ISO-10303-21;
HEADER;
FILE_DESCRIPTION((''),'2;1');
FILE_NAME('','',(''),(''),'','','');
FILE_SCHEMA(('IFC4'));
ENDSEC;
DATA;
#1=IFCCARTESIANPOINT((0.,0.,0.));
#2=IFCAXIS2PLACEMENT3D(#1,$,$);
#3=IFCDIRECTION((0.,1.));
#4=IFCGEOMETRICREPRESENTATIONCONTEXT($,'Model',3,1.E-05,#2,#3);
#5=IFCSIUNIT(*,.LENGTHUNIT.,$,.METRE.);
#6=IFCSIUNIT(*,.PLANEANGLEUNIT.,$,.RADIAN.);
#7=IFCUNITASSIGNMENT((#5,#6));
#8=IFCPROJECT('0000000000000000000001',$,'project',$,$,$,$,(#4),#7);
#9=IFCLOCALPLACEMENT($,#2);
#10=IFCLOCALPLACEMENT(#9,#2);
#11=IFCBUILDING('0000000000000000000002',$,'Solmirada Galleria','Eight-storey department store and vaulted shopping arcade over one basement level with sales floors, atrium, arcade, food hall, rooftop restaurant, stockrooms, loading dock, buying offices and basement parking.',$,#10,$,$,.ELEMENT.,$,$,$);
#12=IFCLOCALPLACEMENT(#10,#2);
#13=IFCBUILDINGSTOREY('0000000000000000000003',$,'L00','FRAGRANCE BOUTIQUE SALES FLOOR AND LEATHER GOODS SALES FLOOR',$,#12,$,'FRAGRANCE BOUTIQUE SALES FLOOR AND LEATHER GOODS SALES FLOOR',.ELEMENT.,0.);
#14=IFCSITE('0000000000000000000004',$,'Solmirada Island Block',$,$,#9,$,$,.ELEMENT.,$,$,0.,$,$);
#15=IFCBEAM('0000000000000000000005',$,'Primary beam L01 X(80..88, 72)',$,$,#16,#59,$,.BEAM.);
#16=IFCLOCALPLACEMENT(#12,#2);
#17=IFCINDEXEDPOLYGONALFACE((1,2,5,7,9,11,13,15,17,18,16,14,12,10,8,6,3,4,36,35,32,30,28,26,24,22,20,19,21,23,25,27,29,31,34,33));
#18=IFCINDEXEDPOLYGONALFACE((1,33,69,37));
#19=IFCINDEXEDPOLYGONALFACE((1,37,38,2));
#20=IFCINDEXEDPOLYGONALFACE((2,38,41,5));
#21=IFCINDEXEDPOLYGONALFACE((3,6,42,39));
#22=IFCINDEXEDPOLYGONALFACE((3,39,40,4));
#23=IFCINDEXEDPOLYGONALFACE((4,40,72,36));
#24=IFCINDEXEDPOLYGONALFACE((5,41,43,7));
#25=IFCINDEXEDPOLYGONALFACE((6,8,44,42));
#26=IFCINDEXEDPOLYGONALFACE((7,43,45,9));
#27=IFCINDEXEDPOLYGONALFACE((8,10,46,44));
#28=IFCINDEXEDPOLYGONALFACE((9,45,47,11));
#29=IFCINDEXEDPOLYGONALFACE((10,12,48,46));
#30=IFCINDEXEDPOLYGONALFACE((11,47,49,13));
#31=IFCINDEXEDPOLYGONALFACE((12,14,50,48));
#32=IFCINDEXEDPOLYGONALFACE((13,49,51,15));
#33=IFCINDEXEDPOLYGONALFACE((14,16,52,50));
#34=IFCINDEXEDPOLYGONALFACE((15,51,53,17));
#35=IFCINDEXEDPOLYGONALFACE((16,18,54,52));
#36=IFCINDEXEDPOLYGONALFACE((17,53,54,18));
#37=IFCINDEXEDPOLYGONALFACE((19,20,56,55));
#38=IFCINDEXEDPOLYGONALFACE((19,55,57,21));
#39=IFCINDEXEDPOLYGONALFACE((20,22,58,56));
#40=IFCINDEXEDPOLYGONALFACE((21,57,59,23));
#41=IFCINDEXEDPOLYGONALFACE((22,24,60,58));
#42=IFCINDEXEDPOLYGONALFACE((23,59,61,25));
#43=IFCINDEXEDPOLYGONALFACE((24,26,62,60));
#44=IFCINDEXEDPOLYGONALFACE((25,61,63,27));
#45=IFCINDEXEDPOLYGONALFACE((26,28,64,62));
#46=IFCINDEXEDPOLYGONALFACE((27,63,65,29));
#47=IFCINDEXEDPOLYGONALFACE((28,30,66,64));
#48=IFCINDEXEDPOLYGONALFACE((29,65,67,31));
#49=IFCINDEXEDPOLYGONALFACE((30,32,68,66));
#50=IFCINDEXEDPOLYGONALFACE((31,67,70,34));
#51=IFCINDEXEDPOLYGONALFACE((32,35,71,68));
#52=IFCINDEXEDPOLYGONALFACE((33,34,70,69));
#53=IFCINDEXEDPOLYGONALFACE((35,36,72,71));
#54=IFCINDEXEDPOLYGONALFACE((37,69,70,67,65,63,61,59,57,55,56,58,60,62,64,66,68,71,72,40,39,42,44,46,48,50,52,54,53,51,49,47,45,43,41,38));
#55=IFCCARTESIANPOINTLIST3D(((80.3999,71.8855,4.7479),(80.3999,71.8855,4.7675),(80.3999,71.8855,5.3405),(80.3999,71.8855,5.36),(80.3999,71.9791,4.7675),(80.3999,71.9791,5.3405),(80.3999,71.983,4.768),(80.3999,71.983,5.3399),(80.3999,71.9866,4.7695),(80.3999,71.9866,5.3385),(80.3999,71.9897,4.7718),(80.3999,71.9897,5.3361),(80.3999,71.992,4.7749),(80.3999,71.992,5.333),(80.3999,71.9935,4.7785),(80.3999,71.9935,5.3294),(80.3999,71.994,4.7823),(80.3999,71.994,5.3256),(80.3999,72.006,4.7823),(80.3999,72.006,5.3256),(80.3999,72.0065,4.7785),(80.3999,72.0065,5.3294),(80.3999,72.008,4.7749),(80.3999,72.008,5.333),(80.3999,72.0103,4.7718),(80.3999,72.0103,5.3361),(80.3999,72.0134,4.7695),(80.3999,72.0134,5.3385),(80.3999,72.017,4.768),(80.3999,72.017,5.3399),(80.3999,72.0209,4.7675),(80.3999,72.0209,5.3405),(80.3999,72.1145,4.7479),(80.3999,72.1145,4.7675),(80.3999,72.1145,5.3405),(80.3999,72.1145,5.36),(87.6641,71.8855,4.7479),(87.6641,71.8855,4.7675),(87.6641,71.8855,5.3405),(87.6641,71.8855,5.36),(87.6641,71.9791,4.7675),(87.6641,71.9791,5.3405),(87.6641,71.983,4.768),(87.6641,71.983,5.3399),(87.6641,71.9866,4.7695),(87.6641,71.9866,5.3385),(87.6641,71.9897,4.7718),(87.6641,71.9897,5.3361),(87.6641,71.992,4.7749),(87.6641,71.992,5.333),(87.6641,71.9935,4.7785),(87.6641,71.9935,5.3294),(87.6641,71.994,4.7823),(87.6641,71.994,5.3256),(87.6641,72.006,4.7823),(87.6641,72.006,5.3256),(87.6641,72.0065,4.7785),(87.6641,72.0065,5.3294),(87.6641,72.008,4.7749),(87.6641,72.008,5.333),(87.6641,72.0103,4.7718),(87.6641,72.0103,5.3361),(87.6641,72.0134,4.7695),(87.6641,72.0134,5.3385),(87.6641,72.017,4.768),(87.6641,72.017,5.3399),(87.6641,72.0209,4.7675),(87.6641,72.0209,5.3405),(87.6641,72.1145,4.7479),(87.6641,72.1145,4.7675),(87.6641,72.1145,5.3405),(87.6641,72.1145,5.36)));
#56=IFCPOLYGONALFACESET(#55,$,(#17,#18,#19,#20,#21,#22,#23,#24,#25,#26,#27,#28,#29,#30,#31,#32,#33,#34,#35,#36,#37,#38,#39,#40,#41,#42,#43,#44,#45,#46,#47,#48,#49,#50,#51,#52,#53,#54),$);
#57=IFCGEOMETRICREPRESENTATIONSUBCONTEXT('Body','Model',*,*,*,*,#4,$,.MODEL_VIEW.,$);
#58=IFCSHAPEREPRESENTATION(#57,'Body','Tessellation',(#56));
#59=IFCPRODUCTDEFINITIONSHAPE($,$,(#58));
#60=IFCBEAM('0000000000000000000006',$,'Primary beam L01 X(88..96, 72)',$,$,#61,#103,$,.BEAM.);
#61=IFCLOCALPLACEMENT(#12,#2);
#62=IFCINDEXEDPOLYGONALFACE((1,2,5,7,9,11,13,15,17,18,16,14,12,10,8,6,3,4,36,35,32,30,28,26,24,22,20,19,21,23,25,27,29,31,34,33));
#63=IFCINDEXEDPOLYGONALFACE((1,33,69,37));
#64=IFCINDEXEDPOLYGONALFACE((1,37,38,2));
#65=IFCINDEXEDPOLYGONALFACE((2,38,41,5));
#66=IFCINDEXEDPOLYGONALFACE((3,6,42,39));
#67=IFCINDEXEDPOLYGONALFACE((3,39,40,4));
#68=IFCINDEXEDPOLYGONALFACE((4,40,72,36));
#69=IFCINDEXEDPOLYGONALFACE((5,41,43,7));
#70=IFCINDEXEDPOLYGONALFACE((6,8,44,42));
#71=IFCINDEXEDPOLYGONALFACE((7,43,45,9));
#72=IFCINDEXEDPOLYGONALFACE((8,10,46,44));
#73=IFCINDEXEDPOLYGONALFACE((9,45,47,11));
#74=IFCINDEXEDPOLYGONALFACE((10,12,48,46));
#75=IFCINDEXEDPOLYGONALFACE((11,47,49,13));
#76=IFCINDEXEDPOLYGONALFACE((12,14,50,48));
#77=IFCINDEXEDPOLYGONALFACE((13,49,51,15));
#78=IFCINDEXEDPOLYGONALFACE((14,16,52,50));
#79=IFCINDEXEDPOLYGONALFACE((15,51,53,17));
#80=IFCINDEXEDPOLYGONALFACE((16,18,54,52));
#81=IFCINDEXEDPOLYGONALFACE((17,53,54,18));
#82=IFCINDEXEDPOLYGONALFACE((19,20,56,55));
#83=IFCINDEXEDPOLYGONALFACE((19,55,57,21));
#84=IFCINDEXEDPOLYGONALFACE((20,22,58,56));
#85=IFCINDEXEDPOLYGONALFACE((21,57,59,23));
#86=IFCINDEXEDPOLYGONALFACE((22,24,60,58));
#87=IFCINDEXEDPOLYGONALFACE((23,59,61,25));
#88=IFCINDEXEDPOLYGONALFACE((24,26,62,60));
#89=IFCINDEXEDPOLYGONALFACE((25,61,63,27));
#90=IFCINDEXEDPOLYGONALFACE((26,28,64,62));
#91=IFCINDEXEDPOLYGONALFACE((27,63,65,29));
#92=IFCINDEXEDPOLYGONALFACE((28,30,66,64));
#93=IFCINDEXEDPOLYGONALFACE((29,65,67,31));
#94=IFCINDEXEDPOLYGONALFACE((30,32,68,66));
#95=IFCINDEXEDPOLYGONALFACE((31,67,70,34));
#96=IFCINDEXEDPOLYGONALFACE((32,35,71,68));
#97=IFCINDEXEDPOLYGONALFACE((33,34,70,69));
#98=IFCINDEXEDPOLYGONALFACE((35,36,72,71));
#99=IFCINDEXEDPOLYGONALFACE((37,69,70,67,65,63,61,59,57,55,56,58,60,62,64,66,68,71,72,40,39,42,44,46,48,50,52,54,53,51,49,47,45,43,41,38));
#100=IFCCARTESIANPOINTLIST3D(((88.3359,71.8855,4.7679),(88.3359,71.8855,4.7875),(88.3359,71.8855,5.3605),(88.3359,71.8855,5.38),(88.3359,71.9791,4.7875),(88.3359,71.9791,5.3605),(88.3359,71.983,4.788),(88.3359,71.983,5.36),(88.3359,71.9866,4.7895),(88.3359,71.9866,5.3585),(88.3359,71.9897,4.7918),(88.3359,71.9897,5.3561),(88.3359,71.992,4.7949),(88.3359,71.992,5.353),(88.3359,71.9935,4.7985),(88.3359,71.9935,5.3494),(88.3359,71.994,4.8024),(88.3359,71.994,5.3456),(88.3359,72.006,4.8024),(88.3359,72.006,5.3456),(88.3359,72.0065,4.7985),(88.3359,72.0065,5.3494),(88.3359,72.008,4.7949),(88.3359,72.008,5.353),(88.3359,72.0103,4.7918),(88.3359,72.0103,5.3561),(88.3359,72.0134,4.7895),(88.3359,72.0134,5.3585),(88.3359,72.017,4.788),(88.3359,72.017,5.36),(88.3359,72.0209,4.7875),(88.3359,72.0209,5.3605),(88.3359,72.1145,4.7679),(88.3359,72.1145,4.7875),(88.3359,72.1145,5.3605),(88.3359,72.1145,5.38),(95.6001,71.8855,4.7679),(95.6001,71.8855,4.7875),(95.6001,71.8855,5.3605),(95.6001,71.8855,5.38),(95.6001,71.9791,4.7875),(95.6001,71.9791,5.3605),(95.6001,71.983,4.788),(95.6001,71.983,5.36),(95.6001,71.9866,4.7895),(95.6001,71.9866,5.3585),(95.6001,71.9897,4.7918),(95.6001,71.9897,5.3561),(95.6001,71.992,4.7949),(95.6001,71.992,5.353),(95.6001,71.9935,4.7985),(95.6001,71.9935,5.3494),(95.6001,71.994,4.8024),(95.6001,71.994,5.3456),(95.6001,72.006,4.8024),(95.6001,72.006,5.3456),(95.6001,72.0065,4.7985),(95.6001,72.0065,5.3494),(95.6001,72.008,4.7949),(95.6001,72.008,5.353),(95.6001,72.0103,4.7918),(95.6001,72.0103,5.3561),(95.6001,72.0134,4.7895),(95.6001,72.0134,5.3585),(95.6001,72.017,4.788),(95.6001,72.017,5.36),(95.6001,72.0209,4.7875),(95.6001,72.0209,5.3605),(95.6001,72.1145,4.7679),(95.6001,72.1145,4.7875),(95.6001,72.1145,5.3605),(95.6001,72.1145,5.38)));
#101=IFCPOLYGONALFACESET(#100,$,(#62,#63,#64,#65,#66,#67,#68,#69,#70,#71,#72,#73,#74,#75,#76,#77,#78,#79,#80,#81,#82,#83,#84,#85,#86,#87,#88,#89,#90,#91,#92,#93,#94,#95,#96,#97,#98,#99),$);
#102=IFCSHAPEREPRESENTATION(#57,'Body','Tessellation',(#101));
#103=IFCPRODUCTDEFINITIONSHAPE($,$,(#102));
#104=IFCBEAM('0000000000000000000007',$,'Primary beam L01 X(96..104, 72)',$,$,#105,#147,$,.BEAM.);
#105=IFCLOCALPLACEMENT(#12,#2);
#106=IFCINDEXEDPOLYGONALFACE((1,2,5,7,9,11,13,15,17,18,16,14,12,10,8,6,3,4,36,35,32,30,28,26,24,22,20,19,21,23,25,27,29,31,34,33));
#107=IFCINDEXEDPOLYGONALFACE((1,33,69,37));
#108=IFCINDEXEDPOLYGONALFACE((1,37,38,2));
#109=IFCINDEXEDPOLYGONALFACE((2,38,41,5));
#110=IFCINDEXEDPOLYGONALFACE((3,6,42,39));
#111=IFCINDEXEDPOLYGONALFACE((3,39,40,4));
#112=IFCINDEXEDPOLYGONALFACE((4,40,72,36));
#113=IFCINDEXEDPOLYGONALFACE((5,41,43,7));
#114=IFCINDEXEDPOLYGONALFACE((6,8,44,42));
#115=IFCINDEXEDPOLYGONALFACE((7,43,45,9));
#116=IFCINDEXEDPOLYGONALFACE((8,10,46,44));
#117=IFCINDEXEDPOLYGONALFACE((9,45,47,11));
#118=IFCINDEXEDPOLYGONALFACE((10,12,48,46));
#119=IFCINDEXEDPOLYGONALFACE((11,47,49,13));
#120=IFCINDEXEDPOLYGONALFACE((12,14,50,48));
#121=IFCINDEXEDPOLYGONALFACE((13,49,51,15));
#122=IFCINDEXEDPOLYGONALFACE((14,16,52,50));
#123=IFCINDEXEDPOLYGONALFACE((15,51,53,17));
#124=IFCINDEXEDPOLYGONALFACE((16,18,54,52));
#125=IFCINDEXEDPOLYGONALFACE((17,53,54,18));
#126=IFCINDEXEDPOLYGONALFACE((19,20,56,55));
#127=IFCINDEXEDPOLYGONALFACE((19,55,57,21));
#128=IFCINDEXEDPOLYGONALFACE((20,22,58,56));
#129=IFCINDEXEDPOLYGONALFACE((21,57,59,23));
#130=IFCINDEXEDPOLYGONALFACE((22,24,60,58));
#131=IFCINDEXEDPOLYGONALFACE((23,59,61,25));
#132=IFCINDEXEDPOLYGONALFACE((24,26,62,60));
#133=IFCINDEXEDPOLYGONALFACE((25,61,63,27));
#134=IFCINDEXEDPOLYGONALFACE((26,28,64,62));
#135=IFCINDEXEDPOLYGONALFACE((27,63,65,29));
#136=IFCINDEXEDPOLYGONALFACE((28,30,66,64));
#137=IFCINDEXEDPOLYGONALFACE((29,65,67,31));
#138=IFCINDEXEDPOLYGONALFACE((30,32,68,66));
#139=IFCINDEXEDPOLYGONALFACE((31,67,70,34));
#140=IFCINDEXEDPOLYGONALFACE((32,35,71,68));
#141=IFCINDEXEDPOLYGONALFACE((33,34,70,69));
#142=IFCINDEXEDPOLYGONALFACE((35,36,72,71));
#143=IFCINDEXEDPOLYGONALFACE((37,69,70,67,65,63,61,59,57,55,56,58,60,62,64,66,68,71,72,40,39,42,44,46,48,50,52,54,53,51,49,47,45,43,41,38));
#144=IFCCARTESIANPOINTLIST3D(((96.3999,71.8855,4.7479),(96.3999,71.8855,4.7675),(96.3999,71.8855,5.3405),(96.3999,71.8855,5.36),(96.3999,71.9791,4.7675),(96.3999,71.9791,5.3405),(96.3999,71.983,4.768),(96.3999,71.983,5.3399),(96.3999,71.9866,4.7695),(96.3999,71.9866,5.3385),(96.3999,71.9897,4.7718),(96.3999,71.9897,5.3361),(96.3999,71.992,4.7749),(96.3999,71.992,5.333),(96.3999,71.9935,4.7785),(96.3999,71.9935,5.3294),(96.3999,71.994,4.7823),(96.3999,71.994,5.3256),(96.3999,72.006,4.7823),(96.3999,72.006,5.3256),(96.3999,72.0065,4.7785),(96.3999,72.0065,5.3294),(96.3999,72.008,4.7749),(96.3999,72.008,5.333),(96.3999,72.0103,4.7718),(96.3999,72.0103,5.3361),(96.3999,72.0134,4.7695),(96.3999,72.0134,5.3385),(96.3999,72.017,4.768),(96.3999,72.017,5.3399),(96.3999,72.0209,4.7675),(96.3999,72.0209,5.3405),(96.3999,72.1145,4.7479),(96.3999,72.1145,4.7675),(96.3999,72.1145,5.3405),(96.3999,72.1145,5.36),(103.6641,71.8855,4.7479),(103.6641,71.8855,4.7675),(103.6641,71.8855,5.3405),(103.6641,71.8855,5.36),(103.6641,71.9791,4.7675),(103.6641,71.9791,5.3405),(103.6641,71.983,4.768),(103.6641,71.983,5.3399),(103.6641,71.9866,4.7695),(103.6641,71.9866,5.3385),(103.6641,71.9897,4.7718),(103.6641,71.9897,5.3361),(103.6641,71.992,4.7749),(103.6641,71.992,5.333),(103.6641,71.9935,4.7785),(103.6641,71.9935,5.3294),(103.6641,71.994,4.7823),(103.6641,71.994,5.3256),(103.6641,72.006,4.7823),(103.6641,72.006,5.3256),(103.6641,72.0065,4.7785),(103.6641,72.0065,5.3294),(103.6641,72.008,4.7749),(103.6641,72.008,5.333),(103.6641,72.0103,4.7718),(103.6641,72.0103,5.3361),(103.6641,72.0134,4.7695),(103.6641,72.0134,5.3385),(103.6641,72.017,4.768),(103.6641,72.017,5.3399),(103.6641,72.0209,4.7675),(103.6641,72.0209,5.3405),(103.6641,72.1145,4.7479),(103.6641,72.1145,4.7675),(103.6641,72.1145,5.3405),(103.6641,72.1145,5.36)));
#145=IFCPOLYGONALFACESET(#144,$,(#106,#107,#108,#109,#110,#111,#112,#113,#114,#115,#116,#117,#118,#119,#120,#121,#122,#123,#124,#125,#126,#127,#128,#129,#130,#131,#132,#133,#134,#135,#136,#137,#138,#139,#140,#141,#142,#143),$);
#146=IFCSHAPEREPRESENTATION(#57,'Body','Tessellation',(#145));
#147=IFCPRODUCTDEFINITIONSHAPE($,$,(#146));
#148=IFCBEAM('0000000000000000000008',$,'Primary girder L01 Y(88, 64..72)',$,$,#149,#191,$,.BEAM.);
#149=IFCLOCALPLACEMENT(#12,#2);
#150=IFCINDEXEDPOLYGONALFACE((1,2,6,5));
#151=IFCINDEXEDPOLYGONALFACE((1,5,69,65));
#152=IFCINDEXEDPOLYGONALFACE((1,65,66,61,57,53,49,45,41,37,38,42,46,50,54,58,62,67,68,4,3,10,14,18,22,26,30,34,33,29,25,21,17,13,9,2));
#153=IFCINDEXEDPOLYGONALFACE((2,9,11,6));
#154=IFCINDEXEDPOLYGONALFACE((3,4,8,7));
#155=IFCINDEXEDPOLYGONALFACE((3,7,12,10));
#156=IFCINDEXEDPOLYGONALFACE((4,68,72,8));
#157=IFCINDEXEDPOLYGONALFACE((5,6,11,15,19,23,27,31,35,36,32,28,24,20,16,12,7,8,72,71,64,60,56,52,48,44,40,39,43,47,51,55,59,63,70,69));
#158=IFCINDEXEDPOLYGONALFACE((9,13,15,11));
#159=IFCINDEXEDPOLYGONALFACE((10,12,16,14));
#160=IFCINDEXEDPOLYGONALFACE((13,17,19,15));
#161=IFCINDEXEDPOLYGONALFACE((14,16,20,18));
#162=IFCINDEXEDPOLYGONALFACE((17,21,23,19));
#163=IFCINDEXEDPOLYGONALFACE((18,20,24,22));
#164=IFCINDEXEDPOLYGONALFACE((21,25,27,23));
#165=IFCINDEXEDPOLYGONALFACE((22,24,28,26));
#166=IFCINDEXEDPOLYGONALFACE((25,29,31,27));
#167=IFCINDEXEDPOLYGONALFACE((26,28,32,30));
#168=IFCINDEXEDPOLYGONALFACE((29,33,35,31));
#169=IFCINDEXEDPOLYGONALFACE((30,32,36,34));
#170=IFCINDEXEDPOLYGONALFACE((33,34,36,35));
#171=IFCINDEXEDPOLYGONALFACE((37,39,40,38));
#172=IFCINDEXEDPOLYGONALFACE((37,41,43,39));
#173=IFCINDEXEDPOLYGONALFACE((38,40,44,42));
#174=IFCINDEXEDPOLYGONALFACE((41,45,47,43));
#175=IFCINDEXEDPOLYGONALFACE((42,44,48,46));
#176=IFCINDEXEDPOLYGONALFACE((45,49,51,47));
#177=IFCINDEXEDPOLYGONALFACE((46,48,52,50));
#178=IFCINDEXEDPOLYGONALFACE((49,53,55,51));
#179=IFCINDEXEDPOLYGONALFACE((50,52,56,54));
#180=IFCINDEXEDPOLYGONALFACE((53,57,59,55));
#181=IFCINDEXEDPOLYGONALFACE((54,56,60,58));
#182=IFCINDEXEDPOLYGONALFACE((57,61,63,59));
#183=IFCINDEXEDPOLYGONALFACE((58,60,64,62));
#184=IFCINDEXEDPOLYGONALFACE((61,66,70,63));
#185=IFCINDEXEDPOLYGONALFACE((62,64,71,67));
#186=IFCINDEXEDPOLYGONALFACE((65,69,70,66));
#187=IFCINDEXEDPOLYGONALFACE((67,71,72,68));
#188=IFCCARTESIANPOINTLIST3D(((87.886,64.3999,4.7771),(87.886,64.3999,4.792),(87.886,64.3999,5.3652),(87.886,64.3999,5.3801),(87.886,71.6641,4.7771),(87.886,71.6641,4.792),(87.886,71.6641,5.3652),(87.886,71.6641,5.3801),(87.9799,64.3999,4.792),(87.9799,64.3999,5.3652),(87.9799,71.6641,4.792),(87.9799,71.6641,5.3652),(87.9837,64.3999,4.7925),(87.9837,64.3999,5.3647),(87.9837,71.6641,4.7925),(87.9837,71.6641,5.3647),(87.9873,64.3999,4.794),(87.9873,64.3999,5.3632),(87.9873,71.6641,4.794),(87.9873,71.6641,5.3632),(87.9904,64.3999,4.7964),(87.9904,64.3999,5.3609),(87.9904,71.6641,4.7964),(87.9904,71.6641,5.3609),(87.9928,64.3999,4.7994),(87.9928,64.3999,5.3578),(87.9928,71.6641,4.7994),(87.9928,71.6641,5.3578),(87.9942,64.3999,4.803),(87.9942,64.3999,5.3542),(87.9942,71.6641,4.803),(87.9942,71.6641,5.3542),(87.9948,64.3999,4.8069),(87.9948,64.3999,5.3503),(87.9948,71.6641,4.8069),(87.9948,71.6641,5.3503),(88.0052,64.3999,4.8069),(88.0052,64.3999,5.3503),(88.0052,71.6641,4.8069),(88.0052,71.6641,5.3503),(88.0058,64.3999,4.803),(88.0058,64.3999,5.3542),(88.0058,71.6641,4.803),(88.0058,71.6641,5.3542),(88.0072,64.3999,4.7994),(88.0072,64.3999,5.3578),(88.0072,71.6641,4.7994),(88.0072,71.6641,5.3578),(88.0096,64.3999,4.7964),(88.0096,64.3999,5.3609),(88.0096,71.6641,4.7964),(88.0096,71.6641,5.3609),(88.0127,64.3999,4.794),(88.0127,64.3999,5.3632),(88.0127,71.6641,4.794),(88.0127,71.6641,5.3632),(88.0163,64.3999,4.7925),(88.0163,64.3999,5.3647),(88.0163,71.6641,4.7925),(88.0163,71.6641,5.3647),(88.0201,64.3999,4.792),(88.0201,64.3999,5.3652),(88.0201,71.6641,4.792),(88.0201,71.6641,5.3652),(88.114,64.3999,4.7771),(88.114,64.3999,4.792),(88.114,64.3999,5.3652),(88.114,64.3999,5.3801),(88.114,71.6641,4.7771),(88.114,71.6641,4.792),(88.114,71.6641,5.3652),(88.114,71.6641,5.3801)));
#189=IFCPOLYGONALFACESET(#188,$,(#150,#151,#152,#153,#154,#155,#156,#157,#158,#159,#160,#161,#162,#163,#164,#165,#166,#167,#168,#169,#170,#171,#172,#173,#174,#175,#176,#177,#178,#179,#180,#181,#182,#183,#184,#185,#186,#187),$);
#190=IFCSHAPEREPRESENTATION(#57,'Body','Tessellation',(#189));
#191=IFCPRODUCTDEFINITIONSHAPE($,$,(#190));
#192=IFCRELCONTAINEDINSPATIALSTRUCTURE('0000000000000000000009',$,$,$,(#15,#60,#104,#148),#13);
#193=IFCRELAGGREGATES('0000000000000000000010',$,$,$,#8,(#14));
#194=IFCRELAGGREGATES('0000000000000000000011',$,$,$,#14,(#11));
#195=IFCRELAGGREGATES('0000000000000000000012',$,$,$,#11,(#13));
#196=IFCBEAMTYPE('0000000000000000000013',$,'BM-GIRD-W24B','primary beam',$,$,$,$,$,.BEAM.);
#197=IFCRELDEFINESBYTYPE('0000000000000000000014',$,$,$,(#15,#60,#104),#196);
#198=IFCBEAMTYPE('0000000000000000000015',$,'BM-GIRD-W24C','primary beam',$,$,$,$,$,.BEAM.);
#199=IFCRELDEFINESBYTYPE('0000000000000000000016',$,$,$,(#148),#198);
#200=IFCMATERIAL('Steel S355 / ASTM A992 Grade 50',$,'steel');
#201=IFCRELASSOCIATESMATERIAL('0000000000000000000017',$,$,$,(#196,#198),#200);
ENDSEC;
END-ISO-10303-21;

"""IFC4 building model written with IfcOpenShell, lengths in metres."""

from ifc_helpers import new_model, si_unit, direction, frame, origin, origin_2d, place, context, subcontext, project, spatial, i_section, extrude, material, material_profile, profile_set, type_object, element, save


model = new_model("IFC4")

# Units and contexts
model_context = context("Model", 3, precision=1e-05, world=origin(), true_north=direction((0.0, 1.0)))
body_context = subcontext(model_context, "Body", "Model", "MODEL_VIEW")
ifc_project = project(units=[si_unit("LENGTHUNIT", "METRE"), si_unit("PLANEANGLEUNIT", "RADIAN")], contexts=[model_context])

# Site, building, storey
site_placement = place(None, origin())
site = spatial("IfcSite", under=ifc_project, at=site_placement, Name="Solmirada Island Block", CompositionType="ELEMENT", RefElevation=0.0)
building_placement = place(site_placement, origin())
building = spatial("IfcBuilding", under=site, at=building_placement, Name="Solmirada Galleria", Description="Eight-storey department store and vaulted shopping arcade over one basement level with sales floors, atrium, arcade, food hall, rooftop restaurant, stockrooms, loading dock, buying offices and basement parking.", CompositionType="ELEMENT")
storey_placement = place(building_placement, origin())
storey = spatial("IfcBuildingStorey", under=building, at=storey_placement, Name="L00", Description="FRAGRANCE BOUTIQUE SALES FLOOR AND LEATHER GOODS SALES FLOOR", LongName="FRAGRANCE BOUTIQUE SALES FLOOR AND LEATHER GOODS SALES FLOOR", CompositionType="ELEMENT", Elevation=0.0)

# Beams
ifc_material_1 = material(Name="Steel S355 / ASTM A992 Grade 50", Category="steel")
ifc_material_profile_1 = material_profile(ifc_material_1, i_section(OverallWidth=0.229, OverallDepth=0.6121, WebThickness=0.012, FlangeThickness=0.0195, FilletRadius=0.0149, at=origin_2d()), Name="W24X84")
ifc_profile_set_1 = profile_set([ifc_material_profile_1], Name="Steel S355 / ASTM A992 Grade 50")
beam_type_1 = type_object("IfcBeamType", Name="BM-GIRD-W24B", Description="primary beam", PredefinedType="BEAM", material=ifc_profile_set_1)
for number, where, z_axis, x_axis, name in (
    (1, (80.3999, 72.0, 5.054), (1.0, 0.0, 0.0), (0.0, 1.0, 0.0), "Primary beam L01 X(80..88, 72)"),
    (2, (88.3359, 72.0, 5.074), (1.0, 0.0, 0.0), (0.0, 1.0, 0.0), "Primary beam L01 X(88..96, 72)"),
    (3, (96.3999, 72.0, 5.054), (1.0, 0.0, 0.0), (0.0, 1.0, 0.0), "Primary beam L01 X(96..104, 72)"),
):
    element("IfcBeam", number, at=place(storey_placement, frame(where, z_axis=z_axis, x_axis=x_axis)), inside=storey, type_object=beam_type_1, Name=name, PredefinedType="BEAM", context=body_context, shape_type="SweptSolid", body=[
        extrude(i_section(OverallWidth=0.229, OverallDepth=0.6121, WebThickness=0.012, FlangeThickness=0.0195, FilletRadius=0.0149, at=origin_2d()), origin(), (0.0, 0.0, 1.0), 7.2642),
    ])
ifc_material_profile_2 = material_profile(ifc_material_1, i_section(OverallWidth=0.228, OverallDepth=0.603, WebThickness=0.0105, FlangeThickness=0.0149, FilletRadius=0.0149, at=origin_2d()), Name="W24X68")
ifc_profile_set_2 = profile_set([ifc_material_profile_2], Name="Steel S355 / ASTM A992 Grade 50")
beam_type_2 = type_object("IfcBeamType", Name="BM-GIRD-W24C", Description="primary beam", PredefinedType="BEAM", material=ifc_profile_set_2)
beam_1_placement = place(storey_placement, frame((88.0, 64.3999, 5.0786), z_axis=(0.0, 1.0, 0.0), x_axis=(-1.0, 0.0, 0.0)))
element("IfcBeam", 4, at=beam_1_placement, inside=storey, type_object=beam_type_2, Name="Primary girder L01 Y(88, 64..72)", PredefinedType="BEAM", context=body_context, shape_type="SweptSolid", body=[
    extrude(i_section(OverallWidth=0.228, OverallDepth=0.603, WebThickness=0.0105, FlangeThickness=0.0149, FilletRadius=0.0149, at=origin_2d()), origin(), (0.0, 0.0, 1.0), 7.2642),
])

save(model, "model.ifc")
